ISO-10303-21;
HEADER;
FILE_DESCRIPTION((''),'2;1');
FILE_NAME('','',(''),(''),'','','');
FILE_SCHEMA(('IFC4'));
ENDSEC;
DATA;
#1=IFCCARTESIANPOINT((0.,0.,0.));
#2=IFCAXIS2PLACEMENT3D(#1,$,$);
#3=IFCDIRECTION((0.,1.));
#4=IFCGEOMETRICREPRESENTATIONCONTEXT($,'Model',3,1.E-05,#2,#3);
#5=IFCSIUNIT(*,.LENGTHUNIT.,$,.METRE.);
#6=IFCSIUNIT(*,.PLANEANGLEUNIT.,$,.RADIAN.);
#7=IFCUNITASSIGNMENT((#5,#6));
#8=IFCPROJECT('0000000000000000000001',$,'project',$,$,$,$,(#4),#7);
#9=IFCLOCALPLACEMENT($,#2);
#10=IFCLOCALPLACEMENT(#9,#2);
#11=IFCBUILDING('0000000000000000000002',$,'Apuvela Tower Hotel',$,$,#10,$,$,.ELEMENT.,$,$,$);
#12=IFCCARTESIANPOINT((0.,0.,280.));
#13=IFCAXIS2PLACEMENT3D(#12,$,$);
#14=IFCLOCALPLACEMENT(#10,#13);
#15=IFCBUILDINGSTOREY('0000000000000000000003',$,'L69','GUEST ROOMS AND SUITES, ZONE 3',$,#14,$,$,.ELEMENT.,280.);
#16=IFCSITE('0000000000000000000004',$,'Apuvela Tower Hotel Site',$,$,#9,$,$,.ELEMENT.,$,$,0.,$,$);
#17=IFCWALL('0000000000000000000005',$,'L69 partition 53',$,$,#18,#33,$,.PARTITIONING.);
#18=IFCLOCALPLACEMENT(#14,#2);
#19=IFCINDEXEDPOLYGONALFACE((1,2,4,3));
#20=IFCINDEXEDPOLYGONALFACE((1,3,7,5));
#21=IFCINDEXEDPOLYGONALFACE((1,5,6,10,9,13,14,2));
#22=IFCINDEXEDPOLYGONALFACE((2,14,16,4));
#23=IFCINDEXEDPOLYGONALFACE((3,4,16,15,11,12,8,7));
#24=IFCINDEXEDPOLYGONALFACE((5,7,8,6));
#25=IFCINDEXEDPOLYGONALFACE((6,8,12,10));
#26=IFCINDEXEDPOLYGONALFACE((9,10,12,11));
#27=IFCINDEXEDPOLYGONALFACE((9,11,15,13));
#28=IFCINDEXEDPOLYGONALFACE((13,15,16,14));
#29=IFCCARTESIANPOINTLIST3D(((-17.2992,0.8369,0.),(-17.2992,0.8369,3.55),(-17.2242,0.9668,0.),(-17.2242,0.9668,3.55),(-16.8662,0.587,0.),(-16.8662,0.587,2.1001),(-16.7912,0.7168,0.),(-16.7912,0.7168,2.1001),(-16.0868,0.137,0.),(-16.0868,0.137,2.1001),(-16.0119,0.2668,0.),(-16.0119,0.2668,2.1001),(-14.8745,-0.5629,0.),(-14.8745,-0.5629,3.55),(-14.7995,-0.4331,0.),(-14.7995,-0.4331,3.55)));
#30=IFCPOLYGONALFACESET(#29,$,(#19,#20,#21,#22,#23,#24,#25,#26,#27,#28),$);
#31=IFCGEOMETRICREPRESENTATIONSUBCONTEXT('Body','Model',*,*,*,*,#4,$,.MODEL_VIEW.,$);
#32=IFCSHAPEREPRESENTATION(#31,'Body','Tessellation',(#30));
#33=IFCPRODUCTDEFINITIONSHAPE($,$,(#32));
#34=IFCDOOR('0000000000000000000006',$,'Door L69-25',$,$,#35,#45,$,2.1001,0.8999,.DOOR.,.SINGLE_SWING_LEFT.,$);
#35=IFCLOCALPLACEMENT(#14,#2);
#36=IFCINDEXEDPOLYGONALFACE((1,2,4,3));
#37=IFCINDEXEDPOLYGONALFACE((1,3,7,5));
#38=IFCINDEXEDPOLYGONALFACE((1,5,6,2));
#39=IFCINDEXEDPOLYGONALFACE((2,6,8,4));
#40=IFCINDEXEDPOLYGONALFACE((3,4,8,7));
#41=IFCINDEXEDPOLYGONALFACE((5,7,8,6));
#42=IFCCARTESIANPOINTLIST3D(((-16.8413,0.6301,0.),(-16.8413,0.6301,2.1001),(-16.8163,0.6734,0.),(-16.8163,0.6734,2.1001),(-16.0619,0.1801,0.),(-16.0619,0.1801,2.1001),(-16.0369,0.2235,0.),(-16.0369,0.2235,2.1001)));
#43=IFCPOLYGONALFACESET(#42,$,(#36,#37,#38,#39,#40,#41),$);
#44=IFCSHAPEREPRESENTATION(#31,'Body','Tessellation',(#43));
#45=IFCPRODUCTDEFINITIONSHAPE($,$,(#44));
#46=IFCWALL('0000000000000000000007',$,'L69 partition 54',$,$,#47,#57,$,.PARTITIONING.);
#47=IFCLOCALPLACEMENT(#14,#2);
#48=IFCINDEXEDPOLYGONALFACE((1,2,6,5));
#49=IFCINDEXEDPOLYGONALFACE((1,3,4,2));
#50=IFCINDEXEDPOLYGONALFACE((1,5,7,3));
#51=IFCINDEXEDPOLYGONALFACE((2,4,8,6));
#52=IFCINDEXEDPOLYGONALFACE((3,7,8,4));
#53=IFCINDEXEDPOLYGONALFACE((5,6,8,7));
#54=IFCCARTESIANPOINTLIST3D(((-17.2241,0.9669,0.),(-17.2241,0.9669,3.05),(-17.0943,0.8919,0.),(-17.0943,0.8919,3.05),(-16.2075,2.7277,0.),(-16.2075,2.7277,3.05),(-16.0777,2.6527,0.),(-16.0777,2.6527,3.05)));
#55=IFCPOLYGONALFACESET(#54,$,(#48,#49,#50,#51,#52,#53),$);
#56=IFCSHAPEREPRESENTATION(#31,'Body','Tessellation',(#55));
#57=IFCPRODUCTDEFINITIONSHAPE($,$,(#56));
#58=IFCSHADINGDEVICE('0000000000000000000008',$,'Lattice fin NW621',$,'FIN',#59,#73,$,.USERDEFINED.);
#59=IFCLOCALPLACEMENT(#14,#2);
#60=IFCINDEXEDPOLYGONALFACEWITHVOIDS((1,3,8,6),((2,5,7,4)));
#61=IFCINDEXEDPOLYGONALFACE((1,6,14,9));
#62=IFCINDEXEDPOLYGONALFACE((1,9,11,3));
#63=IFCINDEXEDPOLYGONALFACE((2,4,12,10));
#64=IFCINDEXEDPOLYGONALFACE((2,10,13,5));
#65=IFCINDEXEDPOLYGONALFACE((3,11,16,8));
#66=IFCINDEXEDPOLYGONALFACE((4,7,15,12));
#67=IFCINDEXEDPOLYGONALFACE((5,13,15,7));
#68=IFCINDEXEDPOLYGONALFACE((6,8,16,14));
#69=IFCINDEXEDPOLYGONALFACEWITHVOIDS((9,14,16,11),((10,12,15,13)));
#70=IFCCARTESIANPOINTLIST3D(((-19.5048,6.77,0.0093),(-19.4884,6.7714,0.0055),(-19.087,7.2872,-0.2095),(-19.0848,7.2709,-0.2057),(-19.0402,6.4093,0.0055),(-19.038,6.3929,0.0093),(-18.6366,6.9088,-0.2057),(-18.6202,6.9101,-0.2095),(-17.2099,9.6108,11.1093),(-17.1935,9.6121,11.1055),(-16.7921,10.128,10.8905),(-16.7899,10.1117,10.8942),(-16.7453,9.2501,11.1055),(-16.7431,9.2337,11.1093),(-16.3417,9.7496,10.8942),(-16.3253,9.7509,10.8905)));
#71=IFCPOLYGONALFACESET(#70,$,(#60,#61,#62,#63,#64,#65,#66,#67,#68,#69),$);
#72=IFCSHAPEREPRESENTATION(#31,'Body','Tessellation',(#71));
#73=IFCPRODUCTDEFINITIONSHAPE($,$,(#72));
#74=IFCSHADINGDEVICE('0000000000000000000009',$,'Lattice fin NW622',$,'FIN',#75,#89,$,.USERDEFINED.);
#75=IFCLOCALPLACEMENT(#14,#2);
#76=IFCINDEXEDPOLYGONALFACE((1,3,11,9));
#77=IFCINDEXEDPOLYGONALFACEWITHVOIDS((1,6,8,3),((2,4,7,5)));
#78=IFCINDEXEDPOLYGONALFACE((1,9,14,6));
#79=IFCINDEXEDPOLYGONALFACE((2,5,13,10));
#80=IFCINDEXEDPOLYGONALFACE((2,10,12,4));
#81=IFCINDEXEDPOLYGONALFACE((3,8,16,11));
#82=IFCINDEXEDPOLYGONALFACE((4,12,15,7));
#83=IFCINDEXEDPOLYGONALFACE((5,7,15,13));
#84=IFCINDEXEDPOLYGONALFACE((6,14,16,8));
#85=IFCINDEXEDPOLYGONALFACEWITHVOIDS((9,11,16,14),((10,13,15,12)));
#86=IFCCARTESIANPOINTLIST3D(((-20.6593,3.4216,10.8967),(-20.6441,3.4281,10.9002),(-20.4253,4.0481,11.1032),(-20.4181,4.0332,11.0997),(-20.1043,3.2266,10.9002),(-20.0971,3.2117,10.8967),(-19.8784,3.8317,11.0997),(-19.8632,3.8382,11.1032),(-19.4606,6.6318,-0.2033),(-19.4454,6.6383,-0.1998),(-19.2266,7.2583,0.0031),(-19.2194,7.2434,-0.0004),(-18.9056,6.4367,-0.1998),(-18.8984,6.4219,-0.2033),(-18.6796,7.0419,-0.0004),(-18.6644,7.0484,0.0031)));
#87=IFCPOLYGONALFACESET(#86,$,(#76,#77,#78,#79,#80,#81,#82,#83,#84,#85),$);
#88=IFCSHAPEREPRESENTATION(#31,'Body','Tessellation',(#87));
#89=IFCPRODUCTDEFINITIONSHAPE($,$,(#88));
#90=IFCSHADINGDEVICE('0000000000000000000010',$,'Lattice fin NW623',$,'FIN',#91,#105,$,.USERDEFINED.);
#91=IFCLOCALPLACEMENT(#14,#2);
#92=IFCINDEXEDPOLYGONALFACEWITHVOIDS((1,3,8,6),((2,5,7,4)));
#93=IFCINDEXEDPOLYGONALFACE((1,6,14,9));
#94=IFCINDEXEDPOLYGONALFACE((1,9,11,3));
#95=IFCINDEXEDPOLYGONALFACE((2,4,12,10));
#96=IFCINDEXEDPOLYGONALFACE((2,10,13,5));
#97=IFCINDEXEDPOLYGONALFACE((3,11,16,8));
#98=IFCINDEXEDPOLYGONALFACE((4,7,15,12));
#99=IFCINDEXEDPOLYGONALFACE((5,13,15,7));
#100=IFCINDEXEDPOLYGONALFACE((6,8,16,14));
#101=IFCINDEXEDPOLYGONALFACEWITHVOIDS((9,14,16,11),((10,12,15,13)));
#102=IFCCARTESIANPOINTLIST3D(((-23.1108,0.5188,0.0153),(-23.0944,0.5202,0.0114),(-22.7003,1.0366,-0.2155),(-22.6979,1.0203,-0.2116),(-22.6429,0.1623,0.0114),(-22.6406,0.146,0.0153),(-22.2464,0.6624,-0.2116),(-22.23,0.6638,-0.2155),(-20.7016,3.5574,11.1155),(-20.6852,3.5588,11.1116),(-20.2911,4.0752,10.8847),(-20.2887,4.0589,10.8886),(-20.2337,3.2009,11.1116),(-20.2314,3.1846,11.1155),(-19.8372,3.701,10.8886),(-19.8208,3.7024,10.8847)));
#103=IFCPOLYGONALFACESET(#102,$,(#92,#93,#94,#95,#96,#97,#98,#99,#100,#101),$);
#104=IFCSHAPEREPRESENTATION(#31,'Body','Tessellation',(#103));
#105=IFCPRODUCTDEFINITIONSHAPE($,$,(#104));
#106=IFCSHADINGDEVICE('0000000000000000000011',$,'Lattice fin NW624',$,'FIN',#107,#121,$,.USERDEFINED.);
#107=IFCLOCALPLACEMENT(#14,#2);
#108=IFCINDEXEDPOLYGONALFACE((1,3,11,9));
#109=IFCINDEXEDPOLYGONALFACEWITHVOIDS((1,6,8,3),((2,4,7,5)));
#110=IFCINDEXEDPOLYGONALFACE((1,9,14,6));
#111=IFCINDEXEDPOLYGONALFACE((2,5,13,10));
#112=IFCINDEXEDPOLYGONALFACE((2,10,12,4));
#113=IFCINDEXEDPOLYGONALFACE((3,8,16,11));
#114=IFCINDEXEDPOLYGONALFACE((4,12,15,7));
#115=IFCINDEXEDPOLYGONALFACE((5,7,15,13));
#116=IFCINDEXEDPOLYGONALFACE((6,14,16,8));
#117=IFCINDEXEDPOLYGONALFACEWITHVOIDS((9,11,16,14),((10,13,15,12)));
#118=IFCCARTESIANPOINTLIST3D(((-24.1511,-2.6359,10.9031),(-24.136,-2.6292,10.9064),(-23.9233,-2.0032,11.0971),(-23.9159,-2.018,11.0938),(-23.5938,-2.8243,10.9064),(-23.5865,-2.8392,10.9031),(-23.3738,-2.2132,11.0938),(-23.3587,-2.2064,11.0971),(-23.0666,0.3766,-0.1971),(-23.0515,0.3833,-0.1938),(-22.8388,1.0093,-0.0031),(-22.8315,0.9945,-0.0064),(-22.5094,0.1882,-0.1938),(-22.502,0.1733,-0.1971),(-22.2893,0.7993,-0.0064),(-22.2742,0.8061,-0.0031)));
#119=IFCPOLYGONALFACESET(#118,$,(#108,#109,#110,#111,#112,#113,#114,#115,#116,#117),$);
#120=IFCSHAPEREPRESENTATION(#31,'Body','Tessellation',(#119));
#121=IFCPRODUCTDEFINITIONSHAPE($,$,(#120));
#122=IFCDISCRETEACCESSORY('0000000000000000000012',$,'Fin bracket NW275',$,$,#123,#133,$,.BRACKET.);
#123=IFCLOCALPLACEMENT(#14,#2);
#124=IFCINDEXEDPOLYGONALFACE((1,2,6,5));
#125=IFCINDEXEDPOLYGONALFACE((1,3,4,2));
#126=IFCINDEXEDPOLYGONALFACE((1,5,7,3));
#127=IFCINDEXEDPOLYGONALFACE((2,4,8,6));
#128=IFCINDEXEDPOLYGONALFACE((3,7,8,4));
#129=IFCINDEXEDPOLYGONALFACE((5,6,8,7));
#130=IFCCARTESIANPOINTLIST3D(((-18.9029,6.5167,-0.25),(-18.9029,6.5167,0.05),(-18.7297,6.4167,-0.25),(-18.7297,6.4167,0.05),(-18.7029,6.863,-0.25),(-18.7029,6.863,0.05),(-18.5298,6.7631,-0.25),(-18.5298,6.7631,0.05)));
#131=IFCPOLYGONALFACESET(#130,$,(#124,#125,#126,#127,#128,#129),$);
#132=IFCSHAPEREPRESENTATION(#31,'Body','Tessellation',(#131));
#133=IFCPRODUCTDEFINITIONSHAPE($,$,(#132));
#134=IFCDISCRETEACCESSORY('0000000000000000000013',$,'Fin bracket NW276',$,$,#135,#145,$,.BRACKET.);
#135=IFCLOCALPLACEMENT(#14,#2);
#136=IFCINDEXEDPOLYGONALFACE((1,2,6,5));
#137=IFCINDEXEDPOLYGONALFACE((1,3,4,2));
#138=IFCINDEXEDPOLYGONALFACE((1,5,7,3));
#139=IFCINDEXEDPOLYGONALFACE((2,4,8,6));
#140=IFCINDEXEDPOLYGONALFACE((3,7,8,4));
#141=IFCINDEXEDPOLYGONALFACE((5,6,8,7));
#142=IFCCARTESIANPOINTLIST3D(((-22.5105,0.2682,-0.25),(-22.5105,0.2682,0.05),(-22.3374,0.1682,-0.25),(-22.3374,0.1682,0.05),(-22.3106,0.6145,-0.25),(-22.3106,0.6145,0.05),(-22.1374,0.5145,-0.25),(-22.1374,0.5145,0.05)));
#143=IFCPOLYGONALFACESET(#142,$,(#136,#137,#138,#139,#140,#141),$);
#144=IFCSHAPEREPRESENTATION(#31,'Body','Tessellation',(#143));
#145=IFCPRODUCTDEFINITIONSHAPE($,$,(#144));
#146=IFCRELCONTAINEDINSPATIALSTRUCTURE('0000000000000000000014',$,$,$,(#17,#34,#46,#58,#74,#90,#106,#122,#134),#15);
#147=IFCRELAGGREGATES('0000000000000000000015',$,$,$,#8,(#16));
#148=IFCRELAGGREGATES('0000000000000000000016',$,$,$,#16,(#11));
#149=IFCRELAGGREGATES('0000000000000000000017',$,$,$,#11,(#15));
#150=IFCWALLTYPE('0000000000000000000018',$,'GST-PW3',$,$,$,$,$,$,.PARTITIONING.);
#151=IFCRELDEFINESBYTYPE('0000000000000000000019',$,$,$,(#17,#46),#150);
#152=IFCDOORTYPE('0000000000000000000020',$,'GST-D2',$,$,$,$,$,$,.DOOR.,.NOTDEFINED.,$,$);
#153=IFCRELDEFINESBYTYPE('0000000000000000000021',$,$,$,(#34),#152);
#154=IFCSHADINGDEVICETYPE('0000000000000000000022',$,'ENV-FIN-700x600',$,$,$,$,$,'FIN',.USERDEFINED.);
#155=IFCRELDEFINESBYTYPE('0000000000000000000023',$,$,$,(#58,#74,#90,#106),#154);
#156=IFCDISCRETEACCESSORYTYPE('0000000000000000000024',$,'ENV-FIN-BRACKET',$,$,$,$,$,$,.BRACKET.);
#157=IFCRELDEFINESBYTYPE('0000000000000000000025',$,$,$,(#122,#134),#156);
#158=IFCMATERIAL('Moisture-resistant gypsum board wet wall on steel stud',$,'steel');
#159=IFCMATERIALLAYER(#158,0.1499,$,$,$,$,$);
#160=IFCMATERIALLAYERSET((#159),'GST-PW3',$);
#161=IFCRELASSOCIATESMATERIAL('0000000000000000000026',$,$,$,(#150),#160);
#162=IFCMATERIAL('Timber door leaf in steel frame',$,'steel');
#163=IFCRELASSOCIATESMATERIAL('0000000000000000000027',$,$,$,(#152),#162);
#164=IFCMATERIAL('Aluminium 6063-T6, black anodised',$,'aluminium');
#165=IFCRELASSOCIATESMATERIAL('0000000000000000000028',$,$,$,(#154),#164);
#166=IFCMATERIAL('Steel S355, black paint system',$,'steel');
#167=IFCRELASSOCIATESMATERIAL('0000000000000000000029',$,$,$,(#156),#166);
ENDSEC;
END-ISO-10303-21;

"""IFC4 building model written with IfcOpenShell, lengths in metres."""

from ifc_helpers import new_model, si_unit, direction, frame, frame_2d, origin, origin_2d, place, context, subcontext, project, spatial, rectangle, hollow_rectangle, extrude, material, layer, layer_set, material_profile, profile_set, type_object, element, fill, save


model = new_model("IFC4")

# Units and contexts
model_context = context("Model", 3, precision=1e-05, world=origin(), true_north=direction((0.0, 1.0)))
body_context = subcontext(model_context, "Body", "Model", "MODEL_VIEW")
ifc_project = project(units=[si_unit("LENGTHUNIT", "METRE"), si_unit("PLANEANGLEUNIT", "RADIAN")], contexts=[model_context])

# Site, building, storey
site_placement = place(None, origin())
site = spatial("IfcSite", under=ifc_project, at=site_placement, Name="Apuvela Tower Hotel Site", CompositionType="ELEMENT", RefElevation=0.0)
building_placement = place(site_placement, origin())
building = spatial("IfcBuilding", under=site, at=building_placement, Name="Apuvela Tower Hotel", CompositionType="ELEMENT")
storey_placement = place(building_placement, frame((0.0, 0.0, 280.0)))
storey = spatial("IfcBuildingStorey", under=building, at=storey_placement, Name="L69", Description="GUEST ROOMS AND SUITES, ZONE 3", CompositionType="ELEMENT", Elevation=280.0)

# Shared definitions
ifc_material_1 = material(Name="Moisture-resistant gypsum board wet wall on steel stud", Category="steel")
ifc_layer_1 = layer(ifc_material_1, 0.1499)
ifc_layer_set_1 = layer_set([ifc_layer_1], Name="GST-PW3")
wall_type_1 = type_object("IfcWallType", Name="GST-PW3", PredefinedType="PARTITIONING", material=ifc_layer_set_1)

# Wall, opening, door
wall_1_placement = place(storey_placement, frame((-17.2617, 0.9019, 0.0), z_axis=(0.0, 0.0, 1.0), x_axis=(0.866035, -0.499984, 0.0)))
wall_1 = element("IfcWall", 1, at=wall_1_placement, inside=storey, type_object=wall_type_1, Name="L69 partition 53", PredefinedType="PARTITIONING", context=body_context, shape_type="SweptSolid", body=[
    extrude(rectangle(XDim=2.7998, YDim=0.1499, at=frame_2d((1.3999, 0.0))), origin(), (0.0, 0.0, 1.0), 3.55),
])
opening_1_placement = place(wall_1_placement, frame((0.5, 0.0, 0.0)))
opening_1 = element("IfcOpeningElement", 2, at=opening_1_placement, cuts=wall_1, PredefinedType="OPENING", context=body_context, shape_type="SweptSolid", body=[
    extrude(rectangle(XDim=0.8999, YDim=2.1001, at=frame_2d((0.45, 1.05))), frame((0.0, 0.085, 0.0), z_axis=(0.0, -1.0, 0.0), x_axis=(1.0, 0.0, 0.0)), (0.0, 0.0, 1.0), 0.1699),
])
ifc_material_2 = material(Name="Timber door leaf in steel frame", Category="steel")
door_type_1 = type_object("IfcDoorType", Name="GST-D2", OperationType="NOTDEFINED", PredefinedType="DOOR", material=ifc_material_2)
door_1_placement = place(opening_1_placement, origin())
door_1 = element("IfcDoor", 3, at=door_1_placement, inside=storey, type_object=door_type_1, Name="Door L69-25", OperationType="SINGLE_SWING_LEFT", OverallHeight=2.1001, OverallWidth=0.8999, PredefinedType="DOOR", context=body_context, shape_type="SweptSolid", body=[
    extrude(rectangle(XDim=0.8999, YDim=2.1001, at=frame_2d((0.45, 1.05))), frame((0.0, 0.0249, 0.0), z_axis=(0.0, -1.0, 0.0), x_axis=(1.0, 0.0, 0.0)), (0.0, 0.0, 1.0), 0.05),
])
fill(opening_1, door_1)

# Wall
wall_2_placement = place(storey_placement, frame((-16.1426, 2.6902, 0.0), z_axis=(0.0, 0.0, 1.0), x_axis=(-0.500013, -0.866018, 0.0)))
element("IfcWall", 4, at=wall_2_placement, inside=storey, type_object=wall_type_1, Name="L69 partition 54", PredefinedType="PARTITIONING", context=body_context, shape_type="SweptSolid", body=[
    extrude(rectangle(XDim=2.0332, YDim=0.1499, at=frame_2d((1.0166, 0.0))), origin(), (0.0, 0.0, 1.0), 3.05),
])

# Shading devices
ifc_material_3 = material(Name="Aluminium 6063-T6, black anodised", Category="aluminium")
ifc_material_profile_1 = material_profile(ifc_material_3, hollow_rectangle(XDim=0.6001, YDim=0.7, WallThickness=0.012, at=origin_2d()), Name="AL BOX 700x600x12")
ifc_profile_set_1 = profile_set([ifc_material_profile_1], Name="Aluminium 6063-T6, black anodised")
shading_device_type = type_object("IfcShadingDeviceType", Name="ENV-FIN-700x600", ElementType="FIN", PredefinedType="USERDEFINED", material=ifc_profile_set_1)
shading_device_1_placement = place(storey_placement, frame((-19.0625, 6.8401, -0.1001), z_axis=(0.196392, 0.243108, 0.94991), x_axis=(-0.777886, 0.628406, 0.0)))
element("IfcShadingDevice", 5, at=shading_device_1_placement, inside=storey, type_object=shading_device_type, Name="Lattice fin NW621", ObjectType="FIN", PredefinedType="USERDEFINED", context=body_context, shape_type="SweptSolid", body=[
    extrude(hollow_rectangle(XDim=0.6001, YDim=0.7, WallThickness=0.012, at=origin_2d()), origin(), (0.0, 0.0, 1.0), 11.6853),
])
shading_device_2_placement = place(storey_placement, frame((-19.0625, 6.8401, -0.1001), z_axis=(-0.103188, -0.276337, 0.955505), x_axis=(0.936817, -0.349819, 0.0)))
element("IfcShadingDevice", 6, at=shading_device_2_placement, inside=storey, type_object=shading_device_type, Name="Lattice fin NW622", ObjectType="FIN", PredefinedType="USERDEFINED", context=body_context, shape_type="SweptSolid", body=[
    extrude(hollow_rectangle(XDim=0.6001, YDim=0.7, WallThickness=0.012, at=origin_2d()), origin(), (0.0, 0.0, 1.0), 11.6169),
])
shading_device_3_placement = place(storey_placement, frame((-22.6704, 0.5913, -0.1001), z_axis=(0.204898, 0.258427, 0.944051), x_axis=(-0.783589, 0.62128, 0.0)))
element("IfcShadingDevice", 7, at=shading_device_3_placement, inside=storey, type_object=shading_device_type, Name="Lattice fin NW623", ObjectType="FIN", PredefinedType="USERDEFINED", context=body_context, shape_type="SweptSolid", body=[
    extrude(hollow_rectangle(XDim=0.6001, YDim=0.7, WallThickness=0.012, at=origin_2d()), origin(), (0.0, 0.0, 1.0), 11.7581),
])
shading_device_4_placement = place(storey_placement, frame((-22.6704, 0.5913, -0.1001), z_axis=(-0.093872, -0.260759, 0.960829), x_axis=(0.940888, -0.338717, 0.0)))
element("IfcShadingDevice", 8, at=shading_device_4_placement, inside=storey, type_object=shading_device_type, Name="Lattice fin NW624", ObjectType="FIN", PredefinedType="USERDEFINED", context=body_context, shape_type="SweptSolid", body=[
    extrude(hollow_rectangle(XDim=0.6001, YDim=0.7, WallThickness=0.012, at=origin_2d()), origin(), (0.0, 0.0, 1.0), 11.5527),
])

# Discrete accessories
ifc_material_4 = material(Name="Steel S355, black paint system", Category="steel")
discrete_accessory_type = type_object("IfcDiscreteAccessoryType", Name="ENV-FIN-BRACKET", PredefinedType="BRACKET", material=ifc_material_4)
for number, where, z_axis, x_axis, name in (
    (9, (-18.7163, 6.6399, -0.25), (0.0, 0.0, 1.0), (-0.5, -0.866025, 0.0), "Fin bracket NW275"),
    (10, (-22.324, 0.3914, -0.25), (0.0, 0.0, 1.0), (-0.5, -0.866025, 0.0), "Fin bracket NW276"),
):
    element("IfcDiscreteAccessory", number, at=place(storey_placement, frame(where, z_axis=z_axis, x_axis=x_axis)), inside=storey, type_object=discrete_accessory_type, Name=name, PredefinedType="BRACKET", context=body_context, shape_type="SweptSolid", body=[
        extrude(rectangle(XDim=0.3999, YDim=0.2, at=origin_2d()), origin(), (0.0, 0.0, 1.0), 0.3),
    ])

save(model, "model.ifc")
